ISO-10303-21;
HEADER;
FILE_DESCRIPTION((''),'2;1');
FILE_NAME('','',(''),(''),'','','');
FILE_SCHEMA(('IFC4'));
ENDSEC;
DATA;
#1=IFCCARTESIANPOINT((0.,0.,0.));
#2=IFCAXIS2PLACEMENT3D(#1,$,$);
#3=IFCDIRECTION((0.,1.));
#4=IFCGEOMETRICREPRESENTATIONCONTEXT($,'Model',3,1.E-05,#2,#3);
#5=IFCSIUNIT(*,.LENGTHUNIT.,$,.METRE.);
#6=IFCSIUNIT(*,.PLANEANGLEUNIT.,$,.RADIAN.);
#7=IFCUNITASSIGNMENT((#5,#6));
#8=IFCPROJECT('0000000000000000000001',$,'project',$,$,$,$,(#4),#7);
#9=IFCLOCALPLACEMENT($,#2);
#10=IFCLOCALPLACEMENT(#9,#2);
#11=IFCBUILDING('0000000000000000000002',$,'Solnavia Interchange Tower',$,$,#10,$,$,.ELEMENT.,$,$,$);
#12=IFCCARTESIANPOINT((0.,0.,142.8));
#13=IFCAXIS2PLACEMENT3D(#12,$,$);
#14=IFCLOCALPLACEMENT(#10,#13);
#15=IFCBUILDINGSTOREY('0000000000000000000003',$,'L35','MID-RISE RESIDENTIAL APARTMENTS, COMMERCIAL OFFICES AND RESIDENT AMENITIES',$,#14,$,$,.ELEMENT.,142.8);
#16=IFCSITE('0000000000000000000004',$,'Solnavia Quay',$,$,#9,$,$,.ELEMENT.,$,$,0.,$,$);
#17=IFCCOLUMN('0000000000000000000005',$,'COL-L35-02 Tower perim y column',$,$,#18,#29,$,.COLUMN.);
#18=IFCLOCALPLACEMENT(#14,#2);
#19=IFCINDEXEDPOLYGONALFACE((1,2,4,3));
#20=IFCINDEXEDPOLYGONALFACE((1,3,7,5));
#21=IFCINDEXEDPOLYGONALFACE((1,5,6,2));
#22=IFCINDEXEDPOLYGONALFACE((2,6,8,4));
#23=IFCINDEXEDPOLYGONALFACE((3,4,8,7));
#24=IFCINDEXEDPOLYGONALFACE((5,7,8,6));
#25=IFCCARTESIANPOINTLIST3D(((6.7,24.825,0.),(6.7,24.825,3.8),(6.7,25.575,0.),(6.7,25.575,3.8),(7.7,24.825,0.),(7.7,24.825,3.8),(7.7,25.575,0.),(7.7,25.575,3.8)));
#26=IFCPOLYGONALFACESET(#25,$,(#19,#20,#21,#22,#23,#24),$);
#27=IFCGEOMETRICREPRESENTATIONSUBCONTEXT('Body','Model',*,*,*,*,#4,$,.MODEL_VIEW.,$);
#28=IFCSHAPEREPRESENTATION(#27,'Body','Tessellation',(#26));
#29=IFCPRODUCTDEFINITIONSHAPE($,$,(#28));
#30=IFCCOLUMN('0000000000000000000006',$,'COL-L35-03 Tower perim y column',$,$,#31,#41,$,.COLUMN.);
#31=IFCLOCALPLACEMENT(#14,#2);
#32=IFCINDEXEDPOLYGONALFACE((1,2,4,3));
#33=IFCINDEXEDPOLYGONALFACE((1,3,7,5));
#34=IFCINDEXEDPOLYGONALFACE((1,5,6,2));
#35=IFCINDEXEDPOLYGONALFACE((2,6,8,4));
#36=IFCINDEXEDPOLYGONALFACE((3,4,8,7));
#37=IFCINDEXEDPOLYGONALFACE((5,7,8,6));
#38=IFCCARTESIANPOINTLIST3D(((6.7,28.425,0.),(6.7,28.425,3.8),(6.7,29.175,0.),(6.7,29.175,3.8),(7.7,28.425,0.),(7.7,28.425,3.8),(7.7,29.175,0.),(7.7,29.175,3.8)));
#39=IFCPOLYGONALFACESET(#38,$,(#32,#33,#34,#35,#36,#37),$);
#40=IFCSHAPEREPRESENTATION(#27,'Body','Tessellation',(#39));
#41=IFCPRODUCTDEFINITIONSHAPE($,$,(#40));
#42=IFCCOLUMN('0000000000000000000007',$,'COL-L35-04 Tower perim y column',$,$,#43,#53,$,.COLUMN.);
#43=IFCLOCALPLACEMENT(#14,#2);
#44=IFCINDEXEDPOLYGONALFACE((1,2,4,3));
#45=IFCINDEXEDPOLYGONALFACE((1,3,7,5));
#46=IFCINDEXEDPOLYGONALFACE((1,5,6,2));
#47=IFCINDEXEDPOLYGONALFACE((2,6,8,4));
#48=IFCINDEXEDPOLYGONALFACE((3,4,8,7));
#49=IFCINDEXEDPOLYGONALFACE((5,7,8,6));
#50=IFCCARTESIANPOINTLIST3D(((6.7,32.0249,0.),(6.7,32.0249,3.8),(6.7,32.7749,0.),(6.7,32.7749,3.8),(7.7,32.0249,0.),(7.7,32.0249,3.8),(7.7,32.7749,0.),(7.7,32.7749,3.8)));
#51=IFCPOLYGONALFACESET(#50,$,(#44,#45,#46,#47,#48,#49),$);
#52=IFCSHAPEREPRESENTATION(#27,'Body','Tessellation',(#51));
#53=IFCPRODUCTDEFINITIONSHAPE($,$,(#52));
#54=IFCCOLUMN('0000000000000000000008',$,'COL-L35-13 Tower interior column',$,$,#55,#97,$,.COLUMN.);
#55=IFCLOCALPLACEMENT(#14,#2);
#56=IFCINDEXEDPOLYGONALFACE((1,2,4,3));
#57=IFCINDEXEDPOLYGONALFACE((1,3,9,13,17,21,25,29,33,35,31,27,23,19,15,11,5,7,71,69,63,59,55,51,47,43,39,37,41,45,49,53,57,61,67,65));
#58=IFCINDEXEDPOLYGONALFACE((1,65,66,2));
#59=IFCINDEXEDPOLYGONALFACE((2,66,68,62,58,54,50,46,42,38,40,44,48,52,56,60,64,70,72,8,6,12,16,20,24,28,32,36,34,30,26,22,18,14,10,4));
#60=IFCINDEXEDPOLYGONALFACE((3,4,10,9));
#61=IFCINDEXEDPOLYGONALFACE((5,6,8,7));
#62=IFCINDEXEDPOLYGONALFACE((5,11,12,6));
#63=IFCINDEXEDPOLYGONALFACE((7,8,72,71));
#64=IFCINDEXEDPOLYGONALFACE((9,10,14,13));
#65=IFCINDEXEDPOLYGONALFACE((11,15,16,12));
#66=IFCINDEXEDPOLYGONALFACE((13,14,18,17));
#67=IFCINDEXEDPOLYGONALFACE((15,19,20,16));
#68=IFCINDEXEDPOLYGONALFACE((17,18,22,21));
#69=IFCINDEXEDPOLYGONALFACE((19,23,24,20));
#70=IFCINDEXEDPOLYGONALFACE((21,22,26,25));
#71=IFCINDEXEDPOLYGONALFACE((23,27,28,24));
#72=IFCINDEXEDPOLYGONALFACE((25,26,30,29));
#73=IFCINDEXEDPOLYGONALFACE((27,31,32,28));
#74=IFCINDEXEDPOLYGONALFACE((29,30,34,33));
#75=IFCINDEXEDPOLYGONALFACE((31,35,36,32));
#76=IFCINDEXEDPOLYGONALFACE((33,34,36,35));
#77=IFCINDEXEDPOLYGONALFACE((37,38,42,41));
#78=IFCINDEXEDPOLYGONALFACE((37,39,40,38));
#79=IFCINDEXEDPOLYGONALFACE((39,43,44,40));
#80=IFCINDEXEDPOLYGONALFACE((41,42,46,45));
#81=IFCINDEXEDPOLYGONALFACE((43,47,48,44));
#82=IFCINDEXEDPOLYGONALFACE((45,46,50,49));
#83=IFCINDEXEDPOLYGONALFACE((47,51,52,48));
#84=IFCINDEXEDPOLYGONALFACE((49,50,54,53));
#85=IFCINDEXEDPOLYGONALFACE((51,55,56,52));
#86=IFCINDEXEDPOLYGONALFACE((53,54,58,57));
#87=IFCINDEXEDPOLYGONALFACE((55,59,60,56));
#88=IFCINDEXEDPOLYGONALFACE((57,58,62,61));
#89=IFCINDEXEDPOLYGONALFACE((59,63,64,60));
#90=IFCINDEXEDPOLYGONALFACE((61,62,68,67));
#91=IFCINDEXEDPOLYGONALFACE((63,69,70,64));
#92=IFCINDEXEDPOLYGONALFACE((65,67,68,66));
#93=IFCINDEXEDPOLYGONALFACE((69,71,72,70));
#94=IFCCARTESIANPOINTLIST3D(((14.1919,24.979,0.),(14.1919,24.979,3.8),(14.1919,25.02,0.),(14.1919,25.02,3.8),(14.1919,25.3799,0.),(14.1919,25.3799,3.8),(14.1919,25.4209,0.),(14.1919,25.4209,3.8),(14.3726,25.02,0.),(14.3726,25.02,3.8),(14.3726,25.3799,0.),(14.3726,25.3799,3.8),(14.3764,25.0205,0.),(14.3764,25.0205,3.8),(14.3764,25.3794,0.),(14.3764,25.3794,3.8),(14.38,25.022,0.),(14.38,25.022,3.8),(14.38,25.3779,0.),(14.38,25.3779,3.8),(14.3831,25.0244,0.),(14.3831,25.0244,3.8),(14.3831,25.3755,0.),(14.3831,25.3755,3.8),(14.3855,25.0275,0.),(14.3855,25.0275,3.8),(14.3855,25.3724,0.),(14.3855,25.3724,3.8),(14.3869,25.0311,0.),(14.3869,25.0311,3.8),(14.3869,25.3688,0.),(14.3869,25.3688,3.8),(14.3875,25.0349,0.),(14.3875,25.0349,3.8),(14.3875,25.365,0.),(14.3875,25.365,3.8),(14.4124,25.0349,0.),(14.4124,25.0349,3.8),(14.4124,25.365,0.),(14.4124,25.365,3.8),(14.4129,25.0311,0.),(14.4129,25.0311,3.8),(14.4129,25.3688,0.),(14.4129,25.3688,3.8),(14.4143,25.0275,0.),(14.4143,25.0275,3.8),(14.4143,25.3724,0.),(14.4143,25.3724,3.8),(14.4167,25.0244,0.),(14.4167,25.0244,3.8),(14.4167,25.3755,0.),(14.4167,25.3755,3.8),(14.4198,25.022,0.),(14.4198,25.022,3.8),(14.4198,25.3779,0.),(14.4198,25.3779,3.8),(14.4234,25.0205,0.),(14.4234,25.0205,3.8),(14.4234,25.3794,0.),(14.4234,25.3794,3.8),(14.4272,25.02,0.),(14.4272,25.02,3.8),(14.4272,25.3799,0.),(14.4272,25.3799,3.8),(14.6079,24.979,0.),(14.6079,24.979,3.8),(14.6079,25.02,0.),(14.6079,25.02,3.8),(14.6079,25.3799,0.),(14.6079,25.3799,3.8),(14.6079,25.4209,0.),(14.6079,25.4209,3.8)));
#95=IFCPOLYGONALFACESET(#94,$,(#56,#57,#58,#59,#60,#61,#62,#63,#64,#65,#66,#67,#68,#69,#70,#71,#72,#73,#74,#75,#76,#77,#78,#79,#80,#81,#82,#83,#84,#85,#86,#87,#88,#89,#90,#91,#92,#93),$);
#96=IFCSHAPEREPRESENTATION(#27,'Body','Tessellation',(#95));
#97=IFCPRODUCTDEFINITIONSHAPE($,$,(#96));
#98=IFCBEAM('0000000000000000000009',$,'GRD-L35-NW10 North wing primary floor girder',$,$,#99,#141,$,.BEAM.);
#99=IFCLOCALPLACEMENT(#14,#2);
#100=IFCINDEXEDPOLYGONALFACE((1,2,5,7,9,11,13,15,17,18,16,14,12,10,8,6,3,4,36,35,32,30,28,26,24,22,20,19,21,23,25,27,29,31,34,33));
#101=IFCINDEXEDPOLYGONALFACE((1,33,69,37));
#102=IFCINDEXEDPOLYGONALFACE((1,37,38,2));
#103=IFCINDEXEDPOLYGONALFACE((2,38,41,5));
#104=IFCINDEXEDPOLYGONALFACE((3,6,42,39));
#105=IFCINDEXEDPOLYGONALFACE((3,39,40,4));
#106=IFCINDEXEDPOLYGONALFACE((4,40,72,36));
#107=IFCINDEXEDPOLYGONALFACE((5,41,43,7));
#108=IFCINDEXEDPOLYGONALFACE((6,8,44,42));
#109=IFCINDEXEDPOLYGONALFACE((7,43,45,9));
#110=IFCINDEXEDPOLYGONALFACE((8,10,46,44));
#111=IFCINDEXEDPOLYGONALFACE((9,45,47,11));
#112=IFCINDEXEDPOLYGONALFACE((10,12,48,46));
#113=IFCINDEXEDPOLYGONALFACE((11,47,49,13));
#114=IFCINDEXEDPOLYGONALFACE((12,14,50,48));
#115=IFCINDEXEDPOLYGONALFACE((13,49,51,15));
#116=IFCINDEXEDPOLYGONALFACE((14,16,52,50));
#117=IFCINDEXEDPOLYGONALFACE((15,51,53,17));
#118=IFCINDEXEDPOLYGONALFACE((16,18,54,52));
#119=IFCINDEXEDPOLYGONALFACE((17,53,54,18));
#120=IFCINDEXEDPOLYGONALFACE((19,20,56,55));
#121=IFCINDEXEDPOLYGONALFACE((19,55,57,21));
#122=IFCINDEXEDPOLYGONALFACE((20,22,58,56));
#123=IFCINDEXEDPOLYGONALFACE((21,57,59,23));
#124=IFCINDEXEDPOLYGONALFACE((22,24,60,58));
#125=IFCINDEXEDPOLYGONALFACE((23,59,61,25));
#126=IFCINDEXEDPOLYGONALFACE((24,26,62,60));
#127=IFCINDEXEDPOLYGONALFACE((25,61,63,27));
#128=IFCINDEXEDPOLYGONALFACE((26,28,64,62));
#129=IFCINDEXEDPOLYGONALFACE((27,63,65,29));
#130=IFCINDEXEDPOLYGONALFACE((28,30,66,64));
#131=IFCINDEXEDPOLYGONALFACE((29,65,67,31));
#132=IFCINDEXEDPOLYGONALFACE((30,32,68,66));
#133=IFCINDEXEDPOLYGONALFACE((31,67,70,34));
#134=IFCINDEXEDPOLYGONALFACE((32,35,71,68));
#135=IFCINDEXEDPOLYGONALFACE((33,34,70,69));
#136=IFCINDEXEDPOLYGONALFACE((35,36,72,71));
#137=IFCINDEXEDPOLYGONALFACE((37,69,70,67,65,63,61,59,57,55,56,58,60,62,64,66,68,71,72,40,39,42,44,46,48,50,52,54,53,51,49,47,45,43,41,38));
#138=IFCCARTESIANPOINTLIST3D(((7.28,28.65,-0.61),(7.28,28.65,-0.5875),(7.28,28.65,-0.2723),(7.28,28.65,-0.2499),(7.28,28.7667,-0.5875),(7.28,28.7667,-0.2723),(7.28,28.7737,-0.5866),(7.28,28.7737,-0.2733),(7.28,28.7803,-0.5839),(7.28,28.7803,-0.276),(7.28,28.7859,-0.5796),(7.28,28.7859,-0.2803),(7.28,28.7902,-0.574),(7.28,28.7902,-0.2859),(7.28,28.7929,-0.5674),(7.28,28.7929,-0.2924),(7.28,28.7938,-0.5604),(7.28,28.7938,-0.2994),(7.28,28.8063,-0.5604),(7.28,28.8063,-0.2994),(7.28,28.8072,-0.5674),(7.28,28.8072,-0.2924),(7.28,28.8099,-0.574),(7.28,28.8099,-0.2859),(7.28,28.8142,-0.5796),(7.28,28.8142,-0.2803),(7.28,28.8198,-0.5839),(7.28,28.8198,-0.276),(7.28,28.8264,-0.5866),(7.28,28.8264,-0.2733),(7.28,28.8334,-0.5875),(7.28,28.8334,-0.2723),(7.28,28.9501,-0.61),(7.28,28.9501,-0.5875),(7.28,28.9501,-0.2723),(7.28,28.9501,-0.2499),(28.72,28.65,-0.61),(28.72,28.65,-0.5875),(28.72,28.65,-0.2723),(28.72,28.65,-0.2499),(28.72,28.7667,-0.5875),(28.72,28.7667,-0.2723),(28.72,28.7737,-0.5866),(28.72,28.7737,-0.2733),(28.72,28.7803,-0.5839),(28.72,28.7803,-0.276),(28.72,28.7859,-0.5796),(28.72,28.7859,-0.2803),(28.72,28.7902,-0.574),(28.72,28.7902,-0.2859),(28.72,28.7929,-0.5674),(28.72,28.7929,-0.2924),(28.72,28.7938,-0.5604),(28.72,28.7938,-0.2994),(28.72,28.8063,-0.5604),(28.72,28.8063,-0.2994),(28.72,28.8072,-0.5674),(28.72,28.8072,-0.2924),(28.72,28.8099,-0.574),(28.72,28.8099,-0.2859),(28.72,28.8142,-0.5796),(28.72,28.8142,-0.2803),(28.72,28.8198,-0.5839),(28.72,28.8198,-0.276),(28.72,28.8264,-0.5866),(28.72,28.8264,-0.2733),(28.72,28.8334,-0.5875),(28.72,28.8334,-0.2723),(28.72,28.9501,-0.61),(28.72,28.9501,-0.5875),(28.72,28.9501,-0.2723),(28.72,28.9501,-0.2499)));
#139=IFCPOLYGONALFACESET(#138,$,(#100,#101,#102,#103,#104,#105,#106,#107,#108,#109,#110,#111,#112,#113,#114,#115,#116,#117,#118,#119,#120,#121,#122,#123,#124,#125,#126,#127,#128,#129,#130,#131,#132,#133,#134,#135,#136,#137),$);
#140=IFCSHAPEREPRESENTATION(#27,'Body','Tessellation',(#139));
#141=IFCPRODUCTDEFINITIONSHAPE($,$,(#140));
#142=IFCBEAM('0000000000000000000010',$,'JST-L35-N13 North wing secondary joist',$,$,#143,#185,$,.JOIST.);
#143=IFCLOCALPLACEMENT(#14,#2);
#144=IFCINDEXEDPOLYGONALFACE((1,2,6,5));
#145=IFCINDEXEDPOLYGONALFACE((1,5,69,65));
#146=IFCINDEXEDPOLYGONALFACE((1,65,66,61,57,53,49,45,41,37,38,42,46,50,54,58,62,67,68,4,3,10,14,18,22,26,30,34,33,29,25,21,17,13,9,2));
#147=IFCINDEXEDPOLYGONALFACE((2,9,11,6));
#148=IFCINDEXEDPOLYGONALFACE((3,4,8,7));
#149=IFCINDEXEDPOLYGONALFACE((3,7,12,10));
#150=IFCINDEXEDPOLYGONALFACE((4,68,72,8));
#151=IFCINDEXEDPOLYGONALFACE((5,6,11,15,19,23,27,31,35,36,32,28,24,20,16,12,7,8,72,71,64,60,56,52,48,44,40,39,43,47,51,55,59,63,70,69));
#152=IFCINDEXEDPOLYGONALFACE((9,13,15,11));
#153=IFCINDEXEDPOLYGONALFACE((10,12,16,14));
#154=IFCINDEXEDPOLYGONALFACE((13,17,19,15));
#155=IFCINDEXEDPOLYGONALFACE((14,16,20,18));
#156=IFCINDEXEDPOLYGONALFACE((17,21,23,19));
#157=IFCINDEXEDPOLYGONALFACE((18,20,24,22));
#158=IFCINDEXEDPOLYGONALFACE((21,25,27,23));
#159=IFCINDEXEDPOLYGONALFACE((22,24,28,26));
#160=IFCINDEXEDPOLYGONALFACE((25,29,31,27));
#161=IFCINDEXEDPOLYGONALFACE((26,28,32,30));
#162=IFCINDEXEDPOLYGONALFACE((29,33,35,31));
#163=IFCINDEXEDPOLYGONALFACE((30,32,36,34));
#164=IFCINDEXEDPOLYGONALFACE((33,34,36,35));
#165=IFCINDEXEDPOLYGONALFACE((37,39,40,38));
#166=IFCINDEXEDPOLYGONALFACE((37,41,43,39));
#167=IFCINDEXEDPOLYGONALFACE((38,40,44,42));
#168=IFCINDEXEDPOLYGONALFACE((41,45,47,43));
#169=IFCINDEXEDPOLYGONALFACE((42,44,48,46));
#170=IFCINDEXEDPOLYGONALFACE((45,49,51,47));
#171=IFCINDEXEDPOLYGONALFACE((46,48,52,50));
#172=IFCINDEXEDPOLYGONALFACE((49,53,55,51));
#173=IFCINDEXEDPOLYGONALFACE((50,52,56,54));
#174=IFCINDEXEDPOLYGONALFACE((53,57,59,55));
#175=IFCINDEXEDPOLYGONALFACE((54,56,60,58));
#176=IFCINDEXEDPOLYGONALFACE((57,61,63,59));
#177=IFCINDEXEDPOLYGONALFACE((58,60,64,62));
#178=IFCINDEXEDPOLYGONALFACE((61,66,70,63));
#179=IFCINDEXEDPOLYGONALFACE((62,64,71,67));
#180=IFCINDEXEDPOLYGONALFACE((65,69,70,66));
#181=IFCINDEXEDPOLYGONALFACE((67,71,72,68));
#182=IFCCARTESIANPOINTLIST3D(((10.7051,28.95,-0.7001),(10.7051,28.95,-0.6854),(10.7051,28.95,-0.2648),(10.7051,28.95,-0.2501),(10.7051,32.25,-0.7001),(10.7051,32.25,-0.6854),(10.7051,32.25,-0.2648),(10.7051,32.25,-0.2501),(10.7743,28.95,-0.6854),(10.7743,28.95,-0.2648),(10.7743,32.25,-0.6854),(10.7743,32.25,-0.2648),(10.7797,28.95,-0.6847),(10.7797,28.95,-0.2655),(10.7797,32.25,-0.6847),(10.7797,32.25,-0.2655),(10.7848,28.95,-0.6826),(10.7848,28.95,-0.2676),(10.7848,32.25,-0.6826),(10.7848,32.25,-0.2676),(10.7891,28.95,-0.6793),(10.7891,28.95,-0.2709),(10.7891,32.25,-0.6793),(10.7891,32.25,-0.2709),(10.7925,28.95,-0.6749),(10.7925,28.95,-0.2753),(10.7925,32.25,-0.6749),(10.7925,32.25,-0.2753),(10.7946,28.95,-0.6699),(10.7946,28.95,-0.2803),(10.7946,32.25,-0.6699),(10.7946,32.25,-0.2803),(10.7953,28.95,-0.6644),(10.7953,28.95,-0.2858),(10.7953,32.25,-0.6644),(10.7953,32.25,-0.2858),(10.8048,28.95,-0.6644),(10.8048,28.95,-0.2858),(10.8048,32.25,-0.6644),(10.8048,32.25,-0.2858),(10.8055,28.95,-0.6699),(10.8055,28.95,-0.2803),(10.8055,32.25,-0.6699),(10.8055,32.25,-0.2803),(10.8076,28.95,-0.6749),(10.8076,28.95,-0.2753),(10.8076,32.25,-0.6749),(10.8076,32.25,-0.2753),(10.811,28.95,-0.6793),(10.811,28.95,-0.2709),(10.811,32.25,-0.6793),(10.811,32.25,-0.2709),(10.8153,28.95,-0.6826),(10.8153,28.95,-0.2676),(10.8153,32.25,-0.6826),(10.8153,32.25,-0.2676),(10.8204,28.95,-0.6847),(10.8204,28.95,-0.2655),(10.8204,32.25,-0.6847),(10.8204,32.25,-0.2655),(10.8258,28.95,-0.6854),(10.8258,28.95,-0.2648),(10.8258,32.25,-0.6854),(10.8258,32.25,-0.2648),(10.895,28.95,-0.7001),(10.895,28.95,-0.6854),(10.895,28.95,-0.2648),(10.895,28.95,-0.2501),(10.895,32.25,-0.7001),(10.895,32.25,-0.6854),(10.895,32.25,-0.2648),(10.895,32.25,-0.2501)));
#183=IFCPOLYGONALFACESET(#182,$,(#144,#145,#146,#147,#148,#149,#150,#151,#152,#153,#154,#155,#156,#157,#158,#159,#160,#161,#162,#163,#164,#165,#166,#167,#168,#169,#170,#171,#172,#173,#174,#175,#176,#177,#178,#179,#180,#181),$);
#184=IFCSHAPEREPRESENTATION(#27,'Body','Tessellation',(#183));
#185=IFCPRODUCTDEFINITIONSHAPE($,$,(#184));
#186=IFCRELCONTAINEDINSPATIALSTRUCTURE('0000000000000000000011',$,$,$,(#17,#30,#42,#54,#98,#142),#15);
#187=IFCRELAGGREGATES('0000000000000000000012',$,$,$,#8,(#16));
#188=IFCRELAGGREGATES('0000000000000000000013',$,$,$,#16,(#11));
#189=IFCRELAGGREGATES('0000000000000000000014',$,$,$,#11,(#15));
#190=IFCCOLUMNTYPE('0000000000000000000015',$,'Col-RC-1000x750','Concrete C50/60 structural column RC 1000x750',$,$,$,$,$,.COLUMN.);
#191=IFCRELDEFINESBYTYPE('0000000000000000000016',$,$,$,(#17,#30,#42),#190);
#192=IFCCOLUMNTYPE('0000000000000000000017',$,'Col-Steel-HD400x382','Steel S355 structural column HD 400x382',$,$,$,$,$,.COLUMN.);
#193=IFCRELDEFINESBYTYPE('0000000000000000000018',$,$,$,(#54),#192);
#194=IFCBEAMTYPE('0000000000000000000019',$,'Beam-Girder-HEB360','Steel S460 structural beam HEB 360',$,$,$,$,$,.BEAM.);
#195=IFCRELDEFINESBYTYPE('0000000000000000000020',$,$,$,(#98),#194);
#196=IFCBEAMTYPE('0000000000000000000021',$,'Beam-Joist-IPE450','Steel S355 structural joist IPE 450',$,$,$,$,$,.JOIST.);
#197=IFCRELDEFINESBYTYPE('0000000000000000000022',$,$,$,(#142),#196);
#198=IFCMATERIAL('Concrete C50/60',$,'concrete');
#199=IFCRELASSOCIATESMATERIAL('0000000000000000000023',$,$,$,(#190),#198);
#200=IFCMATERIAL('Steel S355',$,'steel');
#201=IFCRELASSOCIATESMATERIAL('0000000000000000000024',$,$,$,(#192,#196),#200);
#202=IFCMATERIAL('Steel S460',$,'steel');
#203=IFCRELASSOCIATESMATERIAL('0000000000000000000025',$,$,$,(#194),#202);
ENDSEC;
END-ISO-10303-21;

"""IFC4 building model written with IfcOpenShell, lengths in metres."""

from ifc_helpers import new_model, si_unit, direction, frame, origin, origin_2d, place, context, subcontext, project, spatial, rectangle, i_section, extrude, material, material_profile, profile_set, type_object, element, save


model = new_model("IFC4")

# Units and contexts
model_context = context("Model", 3, precision=1e-05, world=origin(), true_north=direction((0.0, 1.0)))
body_context = subcontext(model_context, "Body", "Model", "MODEL_VIEW")
ifc_project = project(units=[si_unit("LENGTHUNIT", "METRE"), si_unit("PLANEANGLEUNIT", "RADIAN")], contexts=[model_context])

# Site, building, storey
site_placement = place(None, origin())
site = spatial("IfcSite", under=ifc_project, at=site_placement, Name="Solnavia Quay", CompositionType="ELEMENT", RefElevation=0.0)
building_placement = place(site_placement, origin())
building = spatial("IfcBuilding", under=site, at=building_placement, Name="Solnavia Interchange Tower", CompositionType="ELEMENT")
storey_placement = place(building_placement, frame((0.0, 0.0, 142.8)))
storey = spatial("IfcBuildingStorey", under=building, at=storey_placement, Name="L35", Description="MID-RISE RESIDENTIAL APARTMENTS, COMMERCIAL OFFICES AND RESIDENT AMENITIES", CompositionType="ELEMENT", Elevation=142.8)

# Columns
ifc_material_1 = material(Name="Concrete C50/60", Category="concrete")
ifc_material_profile_1 = material_profile(ifc_material_1, rectangle(XDim=0.75, YDim=1.0, at=origin_2d()), Name="RC 1000x750")
ifc_profile_set_1 = profile_set([ifc_material_profile_1], Name="Concrete C50/60")
column_type_1 = type_object("IfcColumnType", Name="Col-RC-1000x750", Description="Concrete C50/60 structural column RC 1000x750", PredefinedType="COLUMN", material=ifc_profile_set_1)
for number, where, z_axis, x_axis, name in (
    (1, (7.2, 25.2, 0.0), (0.0, 0.0, 1.0), (0.0, 1.0, 0.0), "COL-L35-02 Tower perim y column"),
    (2, (7.2, 28.8, 0.0), (0.0, 0.0, 1.0), (0.0, 1.0, 0.0), "COL-L35-03 Tower perim y column"),
    (3, (7.2, 32.3999, 0.0), (0.0, 0.0, 1.0), (0.0, 1.0, 0.0), "COL-L35-04 Tower perim y column"),
):
    element("IfcColumn", number, at=place(storey_placement, frame(where, z_axis=z_axis, x_axis=x_axis)), inside=storey, type_object=column_type_1, Name=name, PredefinedType="COLUMN", context=body_context, shape_type="SweptSolid", body=[
        extrude(rectangle(XDim=0.75, YDim=1.0, at=origin_2d()), origin(), (0.0, 0.0, 1.0), 3.8),
    ])
ifc_material_2 = material(Name="Steel S355", Category="steel")
ifc_material_profile_2 = material_profile(ifc_material_2, i_section(OverallWidth=0.416, OverallDepth=0.4419, WebThickness=0.0249, FlangeThickness=0.041, FilletRadius=0.0149, at=origin_2d()), Name="HD 400x382")
ifc_profile_set_2 = profile_set([ifc_material_profile_2], Name="Steel S355")
column_type_2 = type_object("IfcColumnType", Name="Col-Steel-HD400x382", Description="Steel S355 structural column HD 400x382", PredefinedType="COLUMN", material=ifc_profile_set_2)
column_placement = place(storey_placement, frame((14.3999, 25.2, 0.0), z_axis=(0.0, 0.0, 1.0), x_axis=(1.0, 0.0, 0.0)))
element("IfcColumn", 4, at=column_placement, inside=storey, type_object=column_type_2, Name="COL-L35-13 Tower interior column", PredefinedType="COLUMN", context=body_context, shape_type="SweptSolid", body=[
    extrude(i_section(OverallWidth=0.416, OverallDepth=0.4419, WebThickness=0.0249, FlangeThickness=0.041, FilletRadius=0.0149, at=origin_2d()), origin(), (0.0, 0.0, 1.0), 3.8),
])

# Beams
ifc_material_3 = material(Name="Steel S460", Category="steel")
ifc_material_profile_3 = material_profile(ifc_material_3, i_section(OverallWidth=0.3, OverallDepth=0.3601, WebThickness=0.0125, FlangeThickness=0.0225, FilletRadius=0.0271, at=origin_2d()), Name="HEB 360")
ifc_profile_set_3 = profile_set([ifc_material_profile_3], Name="Steel S460")
beam_type_1 = type_object("IfcBeamType", Name="Beam-Girder-HEB360", Description="Steel S460 structural beam HEB 360", PredefinedType="BEAM", material=ifc_profile_set_3)
beam_1_placement = place(storey_placement, frame((7.28, 28.8, -0.4299), z_axis=(1.0, 0.0, 0.0), x_axis=(0.0, 1.0, 0.0)))
element("IfcBeam", 5, at=beam_1_placement, inside=storey, type_object=beam_type_1, Name="GRD-L35-NW10 North wing primary floor girder", PredefinedType="BEAM", context=body_context, shape_type="SweptSolid", body=[
    extrude(i_section(OverallWidth=0.3, OverallDepth=0.3601, WebThickness=0.0125, FlangeThickness=0.0225, FilletRadius=0.0271, at=origin_2d()), origin(), (0.0, 0.0, 1.0), 21.4399),
])
ifc_material_profile_4 = material_profile(ifc_material_2, i_section(OverallWidth=0.1899, OverallDepth=0.45, WebThickness=0.0095, FlangeThickness=0.0146, FilletRadius=0.021, at=origin_2d()), Name="IPE 450")
ifc_profile_set_4 = profile_set([ifc_material_profile_4], Name="Steel S355")
beam_type_2 = type_object("IfcBeamType", Name="Beam-Joist-IPE450", Description="Steel S355 structural joist IPE 450", PredefinedType="JOIST", material=ifc_profile_set_4)
beam_2_placement = place(storey_placement, frame((10.8, 28.95, -0.4751), z_axis=(0.0, 1.0, 0.0), x_axis=(-1.0, 0.0, 0.0)))
element("IfcBeam", 6, at=beam_2_placement, inside=storey, type_object=beam_type_2, Name="JST-L35-N13 North wing secondary joist", PredefinedType="JOIST", context=body_context, shape_type="SweptSolid", body=[
    extrude(i_section(OverallWidth=0.1899, OverallDepth=0.45, WebThickness=0.0095, FlangeThickness=0.0146, FilletRadius=0.021, at=origin_2d()), origin(), (0.0, 0.0, 1.0), 3.3),
])

save(model, "model.ifc")
